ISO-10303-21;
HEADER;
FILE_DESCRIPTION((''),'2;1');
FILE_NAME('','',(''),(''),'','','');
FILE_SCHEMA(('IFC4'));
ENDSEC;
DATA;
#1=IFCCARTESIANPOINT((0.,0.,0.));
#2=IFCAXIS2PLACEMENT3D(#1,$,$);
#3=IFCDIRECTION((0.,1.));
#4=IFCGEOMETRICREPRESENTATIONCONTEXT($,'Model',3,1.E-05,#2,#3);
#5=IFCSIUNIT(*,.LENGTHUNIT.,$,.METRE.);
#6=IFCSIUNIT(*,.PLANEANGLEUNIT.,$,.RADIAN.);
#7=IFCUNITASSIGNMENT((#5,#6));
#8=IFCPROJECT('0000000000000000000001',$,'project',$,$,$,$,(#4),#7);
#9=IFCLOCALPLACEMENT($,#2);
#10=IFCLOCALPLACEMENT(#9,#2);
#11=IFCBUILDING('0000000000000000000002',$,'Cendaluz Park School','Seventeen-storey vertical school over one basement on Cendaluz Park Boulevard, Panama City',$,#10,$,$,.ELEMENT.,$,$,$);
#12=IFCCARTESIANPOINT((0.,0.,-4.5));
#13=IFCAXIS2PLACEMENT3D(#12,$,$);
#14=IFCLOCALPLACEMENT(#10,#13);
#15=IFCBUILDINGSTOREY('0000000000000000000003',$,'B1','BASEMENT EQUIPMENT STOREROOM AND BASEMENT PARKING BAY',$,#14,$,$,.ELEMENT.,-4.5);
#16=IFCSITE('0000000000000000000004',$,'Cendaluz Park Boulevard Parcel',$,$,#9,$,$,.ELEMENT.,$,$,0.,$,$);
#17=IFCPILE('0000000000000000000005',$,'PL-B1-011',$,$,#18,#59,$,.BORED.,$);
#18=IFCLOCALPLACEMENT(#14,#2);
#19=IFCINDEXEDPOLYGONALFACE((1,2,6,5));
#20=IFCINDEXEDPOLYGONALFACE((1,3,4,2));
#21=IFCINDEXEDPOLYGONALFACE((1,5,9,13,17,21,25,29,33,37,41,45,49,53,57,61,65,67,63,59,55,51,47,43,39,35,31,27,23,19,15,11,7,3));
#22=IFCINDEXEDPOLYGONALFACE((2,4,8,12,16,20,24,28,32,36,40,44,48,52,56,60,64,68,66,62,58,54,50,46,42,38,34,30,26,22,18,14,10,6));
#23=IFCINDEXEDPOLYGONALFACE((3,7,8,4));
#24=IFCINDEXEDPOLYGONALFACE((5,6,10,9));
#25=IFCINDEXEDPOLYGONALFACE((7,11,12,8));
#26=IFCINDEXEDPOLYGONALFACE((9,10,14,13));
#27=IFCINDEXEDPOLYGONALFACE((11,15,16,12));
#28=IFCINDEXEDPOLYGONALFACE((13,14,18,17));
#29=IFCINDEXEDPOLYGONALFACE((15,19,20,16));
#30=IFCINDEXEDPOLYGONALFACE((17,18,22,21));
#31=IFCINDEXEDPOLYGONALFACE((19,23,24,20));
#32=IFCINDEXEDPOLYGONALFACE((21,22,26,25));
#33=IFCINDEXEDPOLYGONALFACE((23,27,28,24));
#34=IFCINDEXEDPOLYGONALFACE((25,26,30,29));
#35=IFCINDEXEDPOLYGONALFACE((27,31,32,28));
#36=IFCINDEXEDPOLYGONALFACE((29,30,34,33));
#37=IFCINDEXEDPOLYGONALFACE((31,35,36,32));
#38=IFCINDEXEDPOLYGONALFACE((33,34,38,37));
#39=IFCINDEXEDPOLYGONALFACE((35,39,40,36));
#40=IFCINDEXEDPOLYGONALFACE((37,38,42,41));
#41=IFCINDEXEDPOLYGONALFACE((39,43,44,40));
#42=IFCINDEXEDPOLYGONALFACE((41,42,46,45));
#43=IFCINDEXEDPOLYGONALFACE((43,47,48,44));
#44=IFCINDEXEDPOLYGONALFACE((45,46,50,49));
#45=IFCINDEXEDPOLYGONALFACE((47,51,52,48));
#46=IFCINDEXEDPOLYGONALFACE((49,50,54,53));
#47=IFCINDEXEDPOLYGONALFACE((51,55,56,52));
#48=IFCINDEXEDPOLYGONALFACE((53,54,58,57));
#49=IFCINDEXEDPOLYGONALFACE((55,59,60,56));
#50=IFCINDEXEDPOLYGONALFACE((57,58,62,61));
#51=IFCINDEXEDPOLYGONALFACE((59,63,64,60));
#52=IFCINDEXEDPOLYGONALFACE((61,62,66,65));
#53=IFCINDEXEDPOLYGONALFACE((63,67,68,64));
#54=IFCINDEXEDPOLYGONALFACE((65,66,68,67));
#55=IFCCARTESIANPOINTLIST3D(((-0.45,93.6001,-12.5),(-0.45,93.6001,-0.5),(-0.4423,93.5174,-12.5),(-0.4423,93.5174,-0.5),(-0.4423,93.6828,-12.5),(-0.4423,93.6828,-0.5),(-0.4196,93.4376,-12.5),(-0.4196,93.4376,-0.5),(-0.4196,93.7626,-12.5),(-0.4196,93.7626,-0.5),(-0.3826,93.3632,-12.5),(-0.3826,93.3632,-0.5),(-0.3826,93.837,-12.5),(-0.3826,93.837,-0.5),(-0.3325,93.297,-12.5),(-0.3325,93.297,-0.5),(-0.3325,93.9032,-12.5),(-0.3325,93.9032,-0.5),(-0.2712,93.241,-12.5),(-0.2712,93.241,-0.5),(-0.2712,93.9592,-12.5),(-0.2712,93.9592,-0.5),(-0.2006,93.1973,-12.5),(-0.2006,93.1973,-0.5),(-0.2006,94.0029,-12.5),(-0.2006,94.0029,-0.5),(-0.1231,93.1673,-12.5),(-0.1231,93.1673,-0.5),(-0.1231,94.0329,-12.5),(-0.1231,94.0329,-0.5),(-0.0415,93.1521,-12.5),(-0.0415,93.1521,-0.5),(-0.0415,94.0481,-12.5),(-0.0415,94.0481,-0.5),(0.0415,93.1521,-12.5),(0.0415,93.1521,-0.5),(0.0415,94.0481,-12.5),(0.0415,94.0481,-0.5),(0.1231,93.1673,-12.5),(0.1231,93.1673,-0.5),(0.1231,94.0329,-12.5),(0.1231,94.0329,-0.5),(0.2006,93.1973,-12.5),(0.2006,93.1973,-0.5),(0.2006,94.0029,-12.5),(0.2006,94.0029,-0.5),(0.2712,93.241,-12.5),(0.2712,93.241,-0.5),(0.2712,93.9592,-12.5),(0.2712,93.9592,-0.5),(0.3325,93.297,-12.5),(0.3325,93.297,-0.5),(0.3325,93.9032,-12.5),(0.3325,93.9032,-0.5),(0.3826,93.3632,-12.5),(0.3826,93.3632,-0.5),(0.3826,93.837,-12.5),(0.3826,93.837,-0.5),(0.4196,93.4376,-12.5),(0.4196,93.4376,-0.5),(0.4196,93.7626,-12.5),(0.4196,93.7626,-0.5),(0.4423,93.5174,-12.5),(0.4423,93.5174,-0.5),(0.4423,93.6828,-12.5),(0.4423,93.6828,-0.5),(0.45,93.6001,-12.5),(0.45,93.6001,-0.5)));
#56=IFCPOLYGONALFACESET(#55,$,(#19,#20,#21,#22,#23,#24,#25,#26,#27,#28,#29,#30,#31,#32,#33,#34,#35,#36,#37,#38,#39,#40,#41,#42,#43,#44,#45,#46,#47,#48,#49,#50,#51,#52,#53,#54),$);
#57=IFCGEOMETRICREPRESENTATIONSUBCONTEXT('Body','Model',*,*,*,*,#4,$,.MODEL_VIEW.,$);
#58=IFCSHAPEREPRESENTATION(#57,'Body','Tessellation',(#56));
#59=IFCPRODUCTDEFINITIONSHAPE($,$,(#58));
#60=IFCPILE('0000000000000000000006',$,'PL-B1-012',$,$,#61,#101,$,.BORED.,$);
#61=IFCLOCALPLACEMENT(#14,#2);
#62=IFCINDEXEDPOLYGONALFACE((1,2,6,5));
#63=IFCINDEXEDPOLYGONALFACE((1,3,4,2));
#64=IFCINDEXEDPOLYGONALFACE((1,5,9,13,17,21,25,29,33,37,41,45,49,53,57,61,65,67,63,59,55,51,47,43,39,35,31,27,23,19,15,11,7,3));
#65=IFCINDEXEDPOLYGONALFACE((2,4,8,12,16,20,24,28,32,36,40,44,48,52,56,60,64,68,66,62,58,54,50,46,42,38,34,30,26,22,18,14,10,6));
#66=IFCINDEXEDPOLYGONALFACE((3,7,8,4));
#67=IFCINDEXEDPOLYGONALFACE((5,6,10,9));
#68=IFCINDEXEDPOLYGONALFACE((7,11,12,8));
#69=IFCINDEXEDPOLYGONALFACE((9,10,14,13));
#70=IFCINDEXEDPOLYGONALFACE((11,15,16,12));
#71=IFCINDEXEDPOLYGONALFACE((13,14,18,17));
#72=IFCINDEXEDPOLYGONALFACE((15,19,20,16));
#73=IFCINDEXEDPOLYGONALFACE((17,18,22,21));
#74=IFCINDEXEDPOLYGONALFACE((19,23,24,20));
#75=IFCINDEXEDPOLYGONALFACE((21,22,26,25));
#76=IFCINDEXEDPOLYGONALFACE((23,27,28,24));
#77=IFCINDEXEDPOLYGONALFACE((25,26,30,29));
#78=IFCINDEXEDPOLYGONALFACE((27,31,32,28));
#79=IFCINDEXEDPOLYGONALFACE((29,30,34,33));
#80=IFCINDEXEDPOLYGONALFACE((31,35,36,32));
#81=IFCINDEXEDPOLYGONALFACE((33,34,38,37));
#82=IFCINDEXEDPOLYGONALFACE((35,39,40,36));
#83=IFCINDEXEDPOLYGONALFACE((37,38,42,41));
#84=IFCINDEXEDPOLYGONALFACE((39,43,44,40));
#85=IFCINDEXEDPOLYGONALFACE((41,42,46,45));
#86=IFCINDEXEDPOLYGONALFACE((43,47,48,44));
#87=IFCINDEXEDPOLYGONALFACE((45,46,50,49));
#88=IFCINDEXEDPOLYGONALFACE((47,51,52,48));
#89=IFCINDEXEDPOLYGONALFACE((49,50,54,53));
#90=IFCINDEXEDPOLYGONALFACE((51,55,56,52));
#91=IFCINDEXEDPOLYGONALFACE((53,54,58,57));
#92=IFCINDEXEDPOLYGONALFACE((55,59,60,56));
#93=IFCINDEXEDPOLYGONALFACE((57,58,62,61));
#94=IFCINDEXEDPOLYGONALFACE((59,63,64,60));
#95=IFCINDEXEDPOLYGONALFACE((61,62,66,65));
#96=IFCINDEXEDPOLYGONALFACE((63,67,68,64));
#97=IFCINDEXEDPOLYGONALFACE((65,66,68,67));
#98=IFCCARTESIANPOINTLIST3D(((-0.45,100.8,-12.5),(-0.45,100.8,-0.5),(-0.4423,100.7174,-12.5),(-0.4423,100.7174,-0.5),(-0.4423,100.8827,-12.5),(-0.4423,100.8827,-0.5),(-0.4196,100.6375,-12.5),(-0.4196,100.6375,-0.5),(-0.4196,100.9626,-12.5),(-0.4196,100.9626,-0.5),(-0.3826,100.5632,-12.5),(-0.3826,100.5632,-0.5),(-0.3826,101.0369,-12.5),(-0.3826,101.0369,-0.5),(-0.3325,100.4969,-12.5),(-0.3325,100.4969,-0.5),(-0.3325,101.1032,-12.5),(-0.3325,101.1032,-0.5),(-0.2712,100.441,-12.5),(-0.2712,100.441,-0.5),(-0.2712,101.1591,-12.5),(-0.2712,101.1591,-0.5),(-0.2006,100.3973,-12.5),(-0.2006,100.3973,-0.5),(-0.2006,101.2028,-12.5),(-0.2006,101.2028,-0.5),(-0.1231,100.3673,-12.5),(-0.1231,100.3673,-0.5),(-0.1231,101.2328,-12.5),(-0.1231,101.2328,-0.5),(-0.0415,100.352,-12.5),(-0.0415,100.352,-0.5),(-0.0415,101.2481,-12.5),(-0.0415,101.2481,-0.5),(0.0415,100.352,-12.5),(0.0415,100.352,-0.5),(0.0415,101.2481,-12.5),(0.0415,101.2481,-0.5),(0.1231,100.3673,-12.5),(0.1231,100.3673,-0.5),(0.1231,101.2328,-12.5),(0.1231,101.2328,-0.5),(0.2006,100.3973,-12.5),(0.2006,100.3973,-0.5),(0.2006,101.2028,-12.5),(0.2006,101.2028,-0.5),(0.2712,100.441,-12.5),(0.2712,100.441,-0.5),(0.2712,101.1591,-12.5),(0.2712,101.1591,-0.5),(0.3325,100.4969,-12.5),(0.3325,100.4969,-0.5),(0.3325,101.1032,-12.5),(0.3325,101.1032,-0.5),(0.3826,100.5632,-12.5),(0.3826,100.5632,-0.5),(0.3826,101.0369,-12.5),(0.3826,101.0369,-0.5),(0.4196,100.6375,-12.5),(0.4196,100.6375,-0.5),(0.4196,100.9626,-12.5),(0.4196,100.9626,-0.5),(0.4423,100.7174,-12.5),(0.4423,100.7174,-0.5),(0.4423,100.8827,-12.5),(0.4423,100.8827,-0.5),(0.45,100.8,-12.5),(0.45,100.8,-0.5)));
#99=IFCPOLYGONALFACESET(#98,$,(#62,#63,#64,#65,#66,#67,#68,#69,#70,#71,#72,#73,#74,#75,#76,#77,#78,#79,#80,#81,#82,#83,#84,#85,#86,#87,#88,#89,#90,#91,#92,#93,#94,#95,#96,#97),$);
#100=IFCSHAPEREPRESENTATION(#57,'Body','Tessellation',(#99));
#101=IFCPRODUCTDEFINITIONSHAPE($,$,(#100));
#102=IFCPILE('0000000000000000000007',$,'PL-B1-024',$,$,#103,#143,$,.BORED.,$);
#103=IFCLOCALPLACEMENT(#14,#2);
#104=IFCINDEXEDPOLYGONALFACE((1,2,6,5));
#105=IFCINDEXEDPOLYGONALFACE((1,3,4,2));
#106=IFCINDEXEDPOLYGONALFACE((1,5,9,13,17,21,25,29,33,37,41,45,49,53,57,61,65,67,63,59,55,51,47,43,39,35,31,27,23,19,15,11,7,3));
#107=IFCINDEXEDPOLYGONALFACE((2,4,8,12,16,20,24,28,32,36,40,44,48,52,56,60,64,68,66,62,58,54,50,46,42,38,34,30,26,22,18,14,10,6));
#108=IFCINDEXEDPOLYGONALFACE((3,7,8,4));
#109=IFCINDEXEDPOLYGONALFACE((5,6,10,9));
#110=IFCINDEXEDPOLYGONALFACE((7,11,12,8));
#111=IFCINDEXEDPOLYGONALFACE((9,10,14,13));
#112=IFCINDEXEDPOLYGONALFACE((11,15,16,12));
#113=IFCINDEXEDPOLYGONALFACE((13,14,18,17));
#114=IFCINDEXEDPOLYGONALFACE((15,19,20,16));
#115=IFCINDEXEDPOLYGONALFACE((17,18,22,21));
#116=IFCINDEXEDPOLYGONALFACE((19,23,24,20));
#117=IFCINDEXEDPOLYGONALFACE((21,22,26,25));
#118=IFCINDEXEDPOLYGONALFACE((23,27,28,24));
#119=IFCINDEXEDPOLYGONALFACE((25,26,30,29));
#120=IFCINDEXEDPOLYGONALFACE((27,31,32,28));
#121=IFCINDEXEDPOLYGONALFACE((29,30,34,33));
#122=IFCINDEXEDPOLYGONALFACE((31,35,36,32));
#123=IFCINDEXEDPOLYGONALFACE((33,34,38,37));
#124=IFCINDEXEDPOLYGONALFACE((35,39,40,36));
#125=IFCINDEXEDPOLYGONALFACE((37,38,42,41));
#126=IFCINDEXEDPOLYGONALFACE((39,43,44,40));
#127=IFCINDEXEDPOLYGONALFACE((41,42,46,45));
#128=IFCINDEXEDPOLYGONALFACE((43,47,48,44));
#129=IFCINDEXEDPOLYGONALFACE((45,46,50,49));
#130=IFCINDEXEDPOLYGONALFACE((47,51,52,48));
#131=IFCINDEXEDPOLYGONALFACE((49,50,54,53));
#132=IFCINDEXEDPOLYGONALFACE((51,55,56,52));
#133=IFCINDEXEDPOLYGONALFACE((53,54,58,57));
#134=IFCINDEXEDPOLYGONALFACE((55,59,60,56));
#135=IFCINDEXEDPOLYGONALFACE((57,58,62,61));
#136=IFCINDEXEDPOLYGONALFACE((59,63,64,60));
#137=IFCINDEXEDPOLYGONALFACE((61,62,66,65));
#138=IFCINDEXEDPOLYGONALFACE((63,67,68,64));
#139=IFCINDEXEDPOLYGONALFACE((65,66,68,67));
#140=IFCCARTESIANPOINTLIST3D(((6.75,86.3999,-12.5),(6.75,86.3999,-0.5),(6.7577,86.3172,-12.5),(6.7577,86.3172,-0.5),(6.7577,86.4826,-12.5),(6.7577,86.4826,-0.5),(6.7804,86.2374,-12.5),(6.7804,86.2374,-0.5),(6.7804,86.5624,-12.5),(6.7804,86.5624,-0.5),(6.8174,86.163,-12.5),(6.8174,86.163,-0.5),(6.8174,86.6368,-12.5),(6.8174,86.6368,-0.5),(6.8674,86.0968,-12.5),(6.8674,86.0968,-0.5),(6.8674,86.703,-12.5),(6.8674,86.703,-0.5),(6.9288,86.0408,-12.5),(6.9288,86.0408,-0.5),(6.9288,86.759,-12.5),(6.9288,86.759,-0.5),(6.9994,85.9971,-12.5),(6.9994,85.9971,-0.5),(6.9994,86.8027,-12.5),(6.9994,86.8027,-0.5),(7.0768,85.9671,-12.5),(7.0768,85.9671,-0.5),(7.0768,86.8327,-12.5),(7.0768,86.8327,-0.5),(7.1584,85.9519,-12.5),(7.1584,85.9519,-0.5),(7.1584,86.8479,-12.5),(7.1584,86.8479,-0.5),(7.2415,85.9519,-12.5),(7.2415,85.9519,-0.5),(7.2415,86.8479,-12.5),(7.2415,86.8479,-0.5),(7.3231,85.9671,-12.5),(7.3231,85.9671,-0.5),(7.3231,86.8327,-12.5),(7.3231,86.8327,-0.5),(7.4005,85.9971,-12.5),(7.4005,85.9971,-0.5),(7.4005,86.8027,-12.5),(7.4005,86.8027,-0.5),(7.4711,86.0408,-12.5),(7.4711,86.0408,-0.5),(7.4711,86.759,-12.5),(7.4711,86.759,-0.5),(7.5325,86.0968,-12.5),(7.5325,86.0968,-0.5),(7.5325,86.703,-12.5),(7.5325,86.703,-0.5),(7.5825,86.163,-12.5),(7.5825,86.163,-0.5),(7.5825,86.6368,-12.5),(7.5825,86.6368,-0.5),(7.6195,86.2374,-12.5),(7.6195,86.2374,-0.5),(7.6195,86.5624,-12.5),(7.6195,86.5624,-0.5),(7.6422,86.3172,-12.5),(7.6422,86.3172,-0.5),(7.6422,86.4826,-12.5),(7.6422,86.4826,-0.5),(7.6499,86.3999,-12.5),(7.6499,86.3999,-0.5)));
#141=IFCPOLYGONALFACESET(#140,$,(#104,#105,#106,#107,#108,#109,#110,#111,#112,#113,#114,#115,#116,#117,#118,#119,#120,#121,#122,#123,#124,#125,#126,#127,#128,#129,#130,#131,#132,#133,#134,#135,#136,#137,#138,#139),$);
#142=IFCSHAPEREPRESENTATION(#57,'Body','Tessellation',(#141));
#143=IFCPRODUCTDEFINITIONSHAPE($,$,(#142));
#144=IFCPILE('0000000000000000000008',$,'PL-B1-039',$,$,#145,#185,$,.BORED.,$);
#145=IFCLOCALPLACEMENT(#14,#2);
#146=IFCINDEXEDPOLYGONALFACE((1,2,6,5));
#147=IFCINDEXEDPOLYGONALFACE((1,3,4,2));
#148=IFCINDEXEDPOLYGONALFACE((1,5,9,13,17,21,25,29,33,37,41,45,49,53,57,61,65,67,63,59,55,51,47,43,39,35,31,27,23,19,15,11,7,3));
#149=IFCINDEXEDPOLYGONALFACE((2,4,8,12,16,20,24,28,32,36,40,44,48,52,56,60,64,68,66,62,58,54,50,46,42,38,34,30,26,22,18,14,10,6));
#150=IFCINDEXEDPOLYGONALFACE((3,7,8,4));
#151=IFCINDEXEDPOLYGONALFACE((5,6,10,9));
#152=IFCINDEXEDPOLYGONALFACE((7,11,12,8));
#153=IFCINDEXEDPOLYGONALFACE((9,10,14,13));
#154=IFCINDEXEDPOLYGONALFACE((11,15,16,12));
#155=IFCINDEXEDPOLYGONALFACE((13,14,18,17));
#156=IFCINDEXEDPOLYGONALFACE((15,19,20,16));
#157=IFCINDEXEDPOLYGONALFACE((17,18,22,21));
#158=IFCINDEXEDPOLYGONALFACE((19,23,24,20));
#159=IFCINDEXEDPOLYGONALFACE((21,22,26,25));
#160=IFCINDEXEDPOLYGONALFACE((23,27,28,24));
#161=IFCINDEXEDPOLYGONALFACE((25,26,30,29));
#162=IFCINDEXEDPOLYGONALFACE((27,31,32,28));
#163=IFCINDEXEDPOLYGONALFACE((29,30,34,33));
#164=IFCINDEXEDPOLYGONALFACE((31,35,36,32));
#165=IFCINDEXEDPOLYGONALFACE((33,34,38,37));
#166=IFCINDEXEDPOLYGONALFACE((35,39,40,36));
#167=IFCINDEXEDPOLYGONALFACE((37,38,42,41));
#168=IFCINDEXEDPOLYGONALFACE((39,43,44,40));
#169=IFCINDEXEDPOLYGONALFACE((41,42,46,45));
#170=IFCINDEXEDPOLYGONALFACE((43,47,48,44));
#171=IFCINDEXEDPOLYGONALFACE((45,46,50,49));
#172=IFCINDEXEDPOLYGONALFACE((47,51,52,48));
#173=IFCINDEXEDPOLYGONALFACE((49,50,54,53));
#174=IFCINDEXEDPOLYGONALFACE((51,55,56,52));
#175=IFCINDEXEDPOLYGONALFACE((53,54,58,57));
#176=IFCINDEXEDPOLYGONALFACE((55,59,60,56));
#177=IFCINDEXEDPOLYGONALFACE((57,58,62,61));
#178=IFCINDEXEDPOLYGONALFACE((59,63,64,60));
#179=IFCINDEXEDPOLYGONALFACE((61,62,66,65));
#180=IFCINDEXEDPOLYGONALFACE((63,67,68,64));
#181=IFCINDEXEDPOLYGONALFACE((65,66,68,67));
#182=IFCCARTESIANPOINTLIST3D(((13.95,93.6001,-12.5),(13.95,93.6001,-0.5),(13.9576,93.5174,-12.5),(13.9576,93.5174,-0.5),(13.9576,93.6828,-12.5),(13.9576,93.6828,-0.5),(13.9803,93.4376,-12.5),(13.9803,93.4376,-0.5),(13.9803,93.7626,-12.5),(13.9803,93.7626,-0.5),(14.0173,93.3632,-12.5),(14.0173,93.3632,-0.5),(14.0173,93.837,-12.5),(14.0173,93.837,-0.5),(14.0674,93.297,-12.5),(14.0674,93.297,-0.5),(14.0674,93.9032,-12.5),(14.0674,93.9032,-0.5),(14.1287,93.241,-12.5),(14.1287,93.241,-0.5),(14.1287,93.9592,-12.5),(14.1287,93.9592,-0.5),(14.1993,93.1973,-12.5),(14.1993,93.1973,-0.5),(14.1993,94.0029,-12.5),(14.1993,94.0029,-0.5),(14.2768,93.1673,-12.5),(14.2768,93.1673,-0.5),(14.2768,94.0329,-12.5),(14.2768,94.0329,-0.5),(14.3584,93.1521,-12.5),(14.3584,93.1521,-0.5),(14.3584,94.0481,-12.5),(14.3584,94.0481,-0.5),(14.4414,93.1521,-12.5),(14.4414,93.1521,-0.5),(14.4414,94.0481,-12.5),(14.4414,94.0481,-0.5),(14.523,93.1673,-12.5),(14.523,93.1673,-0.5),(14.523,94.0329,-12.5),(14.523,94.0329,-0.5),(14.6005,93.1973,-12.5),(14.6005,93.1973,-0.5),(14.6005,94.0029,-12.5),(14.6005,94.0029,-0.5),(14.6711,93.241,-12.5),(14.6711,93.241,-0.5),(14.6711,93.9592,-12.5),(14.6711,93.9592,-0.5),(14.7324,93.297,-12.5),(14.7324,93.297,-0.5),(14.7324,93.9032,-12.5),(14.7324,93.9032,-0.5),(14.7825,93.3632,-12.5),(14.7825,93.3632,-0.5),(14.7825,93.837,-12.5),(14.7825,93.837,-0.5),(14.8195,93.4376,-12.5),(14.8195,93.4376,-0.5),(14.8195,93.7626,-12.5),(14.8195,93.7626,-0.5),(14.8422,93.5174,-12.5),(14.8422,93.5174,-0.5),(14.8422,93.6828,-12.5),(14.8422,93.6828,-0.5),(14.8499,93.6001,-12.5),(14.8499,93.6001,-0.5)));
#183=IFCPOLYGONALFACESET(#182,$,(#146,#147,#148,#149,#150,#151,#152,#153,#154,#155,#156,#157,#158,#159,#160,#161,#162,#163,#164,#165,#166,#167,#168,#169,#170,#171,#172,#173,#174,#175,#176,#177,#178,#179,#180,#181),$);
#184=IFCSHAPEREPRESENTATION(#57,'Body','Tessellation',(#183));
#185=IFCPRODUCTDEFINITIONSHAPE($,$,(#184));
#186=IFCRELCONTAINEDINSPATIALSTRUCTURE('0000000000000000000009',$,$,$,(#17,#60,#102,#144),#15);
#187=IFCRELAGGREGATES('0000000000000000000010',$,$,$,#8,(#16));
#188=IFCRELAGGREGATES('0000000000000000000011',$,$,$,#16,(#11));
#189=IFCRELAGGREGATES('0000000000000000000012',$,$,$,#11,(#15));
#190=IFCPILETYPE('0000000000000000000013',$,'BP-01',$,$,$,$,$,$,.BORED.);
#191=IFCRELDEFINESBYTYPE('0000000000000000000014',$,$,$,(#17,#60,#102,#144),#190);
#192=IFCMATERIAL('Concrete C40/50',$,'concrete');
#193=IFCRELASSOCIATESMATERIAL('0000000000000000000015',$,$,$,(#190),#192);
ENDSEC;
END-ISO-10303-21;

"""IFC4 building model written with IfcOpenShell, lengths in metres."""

from ifc_helpers import new_model, si_unit, direction, frame, origin, origin_2d, place, context, subcontext, project, spatial, circle, extrude, material, material_profile, profile_set, type_object, element, save


model = new_model("IFC4")

# Units and contexts
model_context = context("Model", 3, precision=1e-05, world=origin(), true_north=direction((0.0, 1.0)))
body_context = subcontext(model_context, "Body", "Model", "MODEL_VIEW")
ifc_project = project(units=[si_unit("LENGTHUNIT", "METRE"), si_unit("PLANEANGLEUNIT", "RADIAN")], contexts=[model_context])

# Site, building, storey
site_placement = place(None, origin())
site = spatial("IfcSite", under=ifc_project, at=site_placement, Name="Cendaluz Park Boulevard Parcel", CompositionType="ELEMENT", RefElevation=0.0)
building_placement = place(site_placement, origin())
building = spatial("IfcBuilding", under=site, at=building_placement, Name="Cendaluz Park School", Description="Seventeen-storey vertical school over one basement on Cendaluz Park Boulevard, Panama City", CompositionType="ELEMENT")
storey_placement = place(building_placement, frame((0.0, 0.0, -4.5)))
storey = spatial("IfcBuildingStorey", under=building, at=storey_placement, Name="B1", Description="BASEMENT EQUIPMENT STOREROOM AND BASEMENT PARKING BAY", CompositionType="ELEMENT", Elevation=-4.5)

# Piles
ifc_material_1 = material(Name="Concrete C40/50", Category="concrete")
ifc_material_profile_1 = material_profile(ifc_material_1, circle(Radius=0.45, at=origin_2d()), Name="BP D900", Category="concrete")
ifc_profile_set_1 = profile_set([ifc_material_profile_1], Name="Concrete C40/50")
pile_type_1 = type_object("IfcPileType", Name="BP-01", PredefinedType="BORED", material=ifc_profile_set_1)
for number, where, z_axis, x_axis, name in (
    (1, (0.0, 93.6001, -0.5), (0.0, 0.0, -1.0), (1.0, 0.0, 0.0), "PL-B1-011"),
    (2, (0.0, 100.8, -0.5), (0.0, 0.0, -1.0), (1.0, 0.0, 0.0), "PL-B1-012"),
    (3, (7.2, 86.3999, -0.5), (0.0, 0.0, -1.0), (1.0, 0.0, 0.0), "PL-B1-024"),
    (4, (14.3999, 93.6001, -0.5), (0.0, 0.0, -1.0), (1.0, 0.0, 0.0), "PL-B1-039"),
):
    element("IfcPile", number, at=place(storey_placement, frame(where, z_axis=z_axis, x_axis=x_axis)), inside=storey, type_object=pile_type_1, Name=name, PredefinedType="BORED", context=body_context, shape_type="SweptSolid", body=[
        extrude(circle(Radius=0.45, at=origin_2d()), origin(), (0.0, 0.0, 1.0), 12.0),
    ])

save(model, "model.ifc")
